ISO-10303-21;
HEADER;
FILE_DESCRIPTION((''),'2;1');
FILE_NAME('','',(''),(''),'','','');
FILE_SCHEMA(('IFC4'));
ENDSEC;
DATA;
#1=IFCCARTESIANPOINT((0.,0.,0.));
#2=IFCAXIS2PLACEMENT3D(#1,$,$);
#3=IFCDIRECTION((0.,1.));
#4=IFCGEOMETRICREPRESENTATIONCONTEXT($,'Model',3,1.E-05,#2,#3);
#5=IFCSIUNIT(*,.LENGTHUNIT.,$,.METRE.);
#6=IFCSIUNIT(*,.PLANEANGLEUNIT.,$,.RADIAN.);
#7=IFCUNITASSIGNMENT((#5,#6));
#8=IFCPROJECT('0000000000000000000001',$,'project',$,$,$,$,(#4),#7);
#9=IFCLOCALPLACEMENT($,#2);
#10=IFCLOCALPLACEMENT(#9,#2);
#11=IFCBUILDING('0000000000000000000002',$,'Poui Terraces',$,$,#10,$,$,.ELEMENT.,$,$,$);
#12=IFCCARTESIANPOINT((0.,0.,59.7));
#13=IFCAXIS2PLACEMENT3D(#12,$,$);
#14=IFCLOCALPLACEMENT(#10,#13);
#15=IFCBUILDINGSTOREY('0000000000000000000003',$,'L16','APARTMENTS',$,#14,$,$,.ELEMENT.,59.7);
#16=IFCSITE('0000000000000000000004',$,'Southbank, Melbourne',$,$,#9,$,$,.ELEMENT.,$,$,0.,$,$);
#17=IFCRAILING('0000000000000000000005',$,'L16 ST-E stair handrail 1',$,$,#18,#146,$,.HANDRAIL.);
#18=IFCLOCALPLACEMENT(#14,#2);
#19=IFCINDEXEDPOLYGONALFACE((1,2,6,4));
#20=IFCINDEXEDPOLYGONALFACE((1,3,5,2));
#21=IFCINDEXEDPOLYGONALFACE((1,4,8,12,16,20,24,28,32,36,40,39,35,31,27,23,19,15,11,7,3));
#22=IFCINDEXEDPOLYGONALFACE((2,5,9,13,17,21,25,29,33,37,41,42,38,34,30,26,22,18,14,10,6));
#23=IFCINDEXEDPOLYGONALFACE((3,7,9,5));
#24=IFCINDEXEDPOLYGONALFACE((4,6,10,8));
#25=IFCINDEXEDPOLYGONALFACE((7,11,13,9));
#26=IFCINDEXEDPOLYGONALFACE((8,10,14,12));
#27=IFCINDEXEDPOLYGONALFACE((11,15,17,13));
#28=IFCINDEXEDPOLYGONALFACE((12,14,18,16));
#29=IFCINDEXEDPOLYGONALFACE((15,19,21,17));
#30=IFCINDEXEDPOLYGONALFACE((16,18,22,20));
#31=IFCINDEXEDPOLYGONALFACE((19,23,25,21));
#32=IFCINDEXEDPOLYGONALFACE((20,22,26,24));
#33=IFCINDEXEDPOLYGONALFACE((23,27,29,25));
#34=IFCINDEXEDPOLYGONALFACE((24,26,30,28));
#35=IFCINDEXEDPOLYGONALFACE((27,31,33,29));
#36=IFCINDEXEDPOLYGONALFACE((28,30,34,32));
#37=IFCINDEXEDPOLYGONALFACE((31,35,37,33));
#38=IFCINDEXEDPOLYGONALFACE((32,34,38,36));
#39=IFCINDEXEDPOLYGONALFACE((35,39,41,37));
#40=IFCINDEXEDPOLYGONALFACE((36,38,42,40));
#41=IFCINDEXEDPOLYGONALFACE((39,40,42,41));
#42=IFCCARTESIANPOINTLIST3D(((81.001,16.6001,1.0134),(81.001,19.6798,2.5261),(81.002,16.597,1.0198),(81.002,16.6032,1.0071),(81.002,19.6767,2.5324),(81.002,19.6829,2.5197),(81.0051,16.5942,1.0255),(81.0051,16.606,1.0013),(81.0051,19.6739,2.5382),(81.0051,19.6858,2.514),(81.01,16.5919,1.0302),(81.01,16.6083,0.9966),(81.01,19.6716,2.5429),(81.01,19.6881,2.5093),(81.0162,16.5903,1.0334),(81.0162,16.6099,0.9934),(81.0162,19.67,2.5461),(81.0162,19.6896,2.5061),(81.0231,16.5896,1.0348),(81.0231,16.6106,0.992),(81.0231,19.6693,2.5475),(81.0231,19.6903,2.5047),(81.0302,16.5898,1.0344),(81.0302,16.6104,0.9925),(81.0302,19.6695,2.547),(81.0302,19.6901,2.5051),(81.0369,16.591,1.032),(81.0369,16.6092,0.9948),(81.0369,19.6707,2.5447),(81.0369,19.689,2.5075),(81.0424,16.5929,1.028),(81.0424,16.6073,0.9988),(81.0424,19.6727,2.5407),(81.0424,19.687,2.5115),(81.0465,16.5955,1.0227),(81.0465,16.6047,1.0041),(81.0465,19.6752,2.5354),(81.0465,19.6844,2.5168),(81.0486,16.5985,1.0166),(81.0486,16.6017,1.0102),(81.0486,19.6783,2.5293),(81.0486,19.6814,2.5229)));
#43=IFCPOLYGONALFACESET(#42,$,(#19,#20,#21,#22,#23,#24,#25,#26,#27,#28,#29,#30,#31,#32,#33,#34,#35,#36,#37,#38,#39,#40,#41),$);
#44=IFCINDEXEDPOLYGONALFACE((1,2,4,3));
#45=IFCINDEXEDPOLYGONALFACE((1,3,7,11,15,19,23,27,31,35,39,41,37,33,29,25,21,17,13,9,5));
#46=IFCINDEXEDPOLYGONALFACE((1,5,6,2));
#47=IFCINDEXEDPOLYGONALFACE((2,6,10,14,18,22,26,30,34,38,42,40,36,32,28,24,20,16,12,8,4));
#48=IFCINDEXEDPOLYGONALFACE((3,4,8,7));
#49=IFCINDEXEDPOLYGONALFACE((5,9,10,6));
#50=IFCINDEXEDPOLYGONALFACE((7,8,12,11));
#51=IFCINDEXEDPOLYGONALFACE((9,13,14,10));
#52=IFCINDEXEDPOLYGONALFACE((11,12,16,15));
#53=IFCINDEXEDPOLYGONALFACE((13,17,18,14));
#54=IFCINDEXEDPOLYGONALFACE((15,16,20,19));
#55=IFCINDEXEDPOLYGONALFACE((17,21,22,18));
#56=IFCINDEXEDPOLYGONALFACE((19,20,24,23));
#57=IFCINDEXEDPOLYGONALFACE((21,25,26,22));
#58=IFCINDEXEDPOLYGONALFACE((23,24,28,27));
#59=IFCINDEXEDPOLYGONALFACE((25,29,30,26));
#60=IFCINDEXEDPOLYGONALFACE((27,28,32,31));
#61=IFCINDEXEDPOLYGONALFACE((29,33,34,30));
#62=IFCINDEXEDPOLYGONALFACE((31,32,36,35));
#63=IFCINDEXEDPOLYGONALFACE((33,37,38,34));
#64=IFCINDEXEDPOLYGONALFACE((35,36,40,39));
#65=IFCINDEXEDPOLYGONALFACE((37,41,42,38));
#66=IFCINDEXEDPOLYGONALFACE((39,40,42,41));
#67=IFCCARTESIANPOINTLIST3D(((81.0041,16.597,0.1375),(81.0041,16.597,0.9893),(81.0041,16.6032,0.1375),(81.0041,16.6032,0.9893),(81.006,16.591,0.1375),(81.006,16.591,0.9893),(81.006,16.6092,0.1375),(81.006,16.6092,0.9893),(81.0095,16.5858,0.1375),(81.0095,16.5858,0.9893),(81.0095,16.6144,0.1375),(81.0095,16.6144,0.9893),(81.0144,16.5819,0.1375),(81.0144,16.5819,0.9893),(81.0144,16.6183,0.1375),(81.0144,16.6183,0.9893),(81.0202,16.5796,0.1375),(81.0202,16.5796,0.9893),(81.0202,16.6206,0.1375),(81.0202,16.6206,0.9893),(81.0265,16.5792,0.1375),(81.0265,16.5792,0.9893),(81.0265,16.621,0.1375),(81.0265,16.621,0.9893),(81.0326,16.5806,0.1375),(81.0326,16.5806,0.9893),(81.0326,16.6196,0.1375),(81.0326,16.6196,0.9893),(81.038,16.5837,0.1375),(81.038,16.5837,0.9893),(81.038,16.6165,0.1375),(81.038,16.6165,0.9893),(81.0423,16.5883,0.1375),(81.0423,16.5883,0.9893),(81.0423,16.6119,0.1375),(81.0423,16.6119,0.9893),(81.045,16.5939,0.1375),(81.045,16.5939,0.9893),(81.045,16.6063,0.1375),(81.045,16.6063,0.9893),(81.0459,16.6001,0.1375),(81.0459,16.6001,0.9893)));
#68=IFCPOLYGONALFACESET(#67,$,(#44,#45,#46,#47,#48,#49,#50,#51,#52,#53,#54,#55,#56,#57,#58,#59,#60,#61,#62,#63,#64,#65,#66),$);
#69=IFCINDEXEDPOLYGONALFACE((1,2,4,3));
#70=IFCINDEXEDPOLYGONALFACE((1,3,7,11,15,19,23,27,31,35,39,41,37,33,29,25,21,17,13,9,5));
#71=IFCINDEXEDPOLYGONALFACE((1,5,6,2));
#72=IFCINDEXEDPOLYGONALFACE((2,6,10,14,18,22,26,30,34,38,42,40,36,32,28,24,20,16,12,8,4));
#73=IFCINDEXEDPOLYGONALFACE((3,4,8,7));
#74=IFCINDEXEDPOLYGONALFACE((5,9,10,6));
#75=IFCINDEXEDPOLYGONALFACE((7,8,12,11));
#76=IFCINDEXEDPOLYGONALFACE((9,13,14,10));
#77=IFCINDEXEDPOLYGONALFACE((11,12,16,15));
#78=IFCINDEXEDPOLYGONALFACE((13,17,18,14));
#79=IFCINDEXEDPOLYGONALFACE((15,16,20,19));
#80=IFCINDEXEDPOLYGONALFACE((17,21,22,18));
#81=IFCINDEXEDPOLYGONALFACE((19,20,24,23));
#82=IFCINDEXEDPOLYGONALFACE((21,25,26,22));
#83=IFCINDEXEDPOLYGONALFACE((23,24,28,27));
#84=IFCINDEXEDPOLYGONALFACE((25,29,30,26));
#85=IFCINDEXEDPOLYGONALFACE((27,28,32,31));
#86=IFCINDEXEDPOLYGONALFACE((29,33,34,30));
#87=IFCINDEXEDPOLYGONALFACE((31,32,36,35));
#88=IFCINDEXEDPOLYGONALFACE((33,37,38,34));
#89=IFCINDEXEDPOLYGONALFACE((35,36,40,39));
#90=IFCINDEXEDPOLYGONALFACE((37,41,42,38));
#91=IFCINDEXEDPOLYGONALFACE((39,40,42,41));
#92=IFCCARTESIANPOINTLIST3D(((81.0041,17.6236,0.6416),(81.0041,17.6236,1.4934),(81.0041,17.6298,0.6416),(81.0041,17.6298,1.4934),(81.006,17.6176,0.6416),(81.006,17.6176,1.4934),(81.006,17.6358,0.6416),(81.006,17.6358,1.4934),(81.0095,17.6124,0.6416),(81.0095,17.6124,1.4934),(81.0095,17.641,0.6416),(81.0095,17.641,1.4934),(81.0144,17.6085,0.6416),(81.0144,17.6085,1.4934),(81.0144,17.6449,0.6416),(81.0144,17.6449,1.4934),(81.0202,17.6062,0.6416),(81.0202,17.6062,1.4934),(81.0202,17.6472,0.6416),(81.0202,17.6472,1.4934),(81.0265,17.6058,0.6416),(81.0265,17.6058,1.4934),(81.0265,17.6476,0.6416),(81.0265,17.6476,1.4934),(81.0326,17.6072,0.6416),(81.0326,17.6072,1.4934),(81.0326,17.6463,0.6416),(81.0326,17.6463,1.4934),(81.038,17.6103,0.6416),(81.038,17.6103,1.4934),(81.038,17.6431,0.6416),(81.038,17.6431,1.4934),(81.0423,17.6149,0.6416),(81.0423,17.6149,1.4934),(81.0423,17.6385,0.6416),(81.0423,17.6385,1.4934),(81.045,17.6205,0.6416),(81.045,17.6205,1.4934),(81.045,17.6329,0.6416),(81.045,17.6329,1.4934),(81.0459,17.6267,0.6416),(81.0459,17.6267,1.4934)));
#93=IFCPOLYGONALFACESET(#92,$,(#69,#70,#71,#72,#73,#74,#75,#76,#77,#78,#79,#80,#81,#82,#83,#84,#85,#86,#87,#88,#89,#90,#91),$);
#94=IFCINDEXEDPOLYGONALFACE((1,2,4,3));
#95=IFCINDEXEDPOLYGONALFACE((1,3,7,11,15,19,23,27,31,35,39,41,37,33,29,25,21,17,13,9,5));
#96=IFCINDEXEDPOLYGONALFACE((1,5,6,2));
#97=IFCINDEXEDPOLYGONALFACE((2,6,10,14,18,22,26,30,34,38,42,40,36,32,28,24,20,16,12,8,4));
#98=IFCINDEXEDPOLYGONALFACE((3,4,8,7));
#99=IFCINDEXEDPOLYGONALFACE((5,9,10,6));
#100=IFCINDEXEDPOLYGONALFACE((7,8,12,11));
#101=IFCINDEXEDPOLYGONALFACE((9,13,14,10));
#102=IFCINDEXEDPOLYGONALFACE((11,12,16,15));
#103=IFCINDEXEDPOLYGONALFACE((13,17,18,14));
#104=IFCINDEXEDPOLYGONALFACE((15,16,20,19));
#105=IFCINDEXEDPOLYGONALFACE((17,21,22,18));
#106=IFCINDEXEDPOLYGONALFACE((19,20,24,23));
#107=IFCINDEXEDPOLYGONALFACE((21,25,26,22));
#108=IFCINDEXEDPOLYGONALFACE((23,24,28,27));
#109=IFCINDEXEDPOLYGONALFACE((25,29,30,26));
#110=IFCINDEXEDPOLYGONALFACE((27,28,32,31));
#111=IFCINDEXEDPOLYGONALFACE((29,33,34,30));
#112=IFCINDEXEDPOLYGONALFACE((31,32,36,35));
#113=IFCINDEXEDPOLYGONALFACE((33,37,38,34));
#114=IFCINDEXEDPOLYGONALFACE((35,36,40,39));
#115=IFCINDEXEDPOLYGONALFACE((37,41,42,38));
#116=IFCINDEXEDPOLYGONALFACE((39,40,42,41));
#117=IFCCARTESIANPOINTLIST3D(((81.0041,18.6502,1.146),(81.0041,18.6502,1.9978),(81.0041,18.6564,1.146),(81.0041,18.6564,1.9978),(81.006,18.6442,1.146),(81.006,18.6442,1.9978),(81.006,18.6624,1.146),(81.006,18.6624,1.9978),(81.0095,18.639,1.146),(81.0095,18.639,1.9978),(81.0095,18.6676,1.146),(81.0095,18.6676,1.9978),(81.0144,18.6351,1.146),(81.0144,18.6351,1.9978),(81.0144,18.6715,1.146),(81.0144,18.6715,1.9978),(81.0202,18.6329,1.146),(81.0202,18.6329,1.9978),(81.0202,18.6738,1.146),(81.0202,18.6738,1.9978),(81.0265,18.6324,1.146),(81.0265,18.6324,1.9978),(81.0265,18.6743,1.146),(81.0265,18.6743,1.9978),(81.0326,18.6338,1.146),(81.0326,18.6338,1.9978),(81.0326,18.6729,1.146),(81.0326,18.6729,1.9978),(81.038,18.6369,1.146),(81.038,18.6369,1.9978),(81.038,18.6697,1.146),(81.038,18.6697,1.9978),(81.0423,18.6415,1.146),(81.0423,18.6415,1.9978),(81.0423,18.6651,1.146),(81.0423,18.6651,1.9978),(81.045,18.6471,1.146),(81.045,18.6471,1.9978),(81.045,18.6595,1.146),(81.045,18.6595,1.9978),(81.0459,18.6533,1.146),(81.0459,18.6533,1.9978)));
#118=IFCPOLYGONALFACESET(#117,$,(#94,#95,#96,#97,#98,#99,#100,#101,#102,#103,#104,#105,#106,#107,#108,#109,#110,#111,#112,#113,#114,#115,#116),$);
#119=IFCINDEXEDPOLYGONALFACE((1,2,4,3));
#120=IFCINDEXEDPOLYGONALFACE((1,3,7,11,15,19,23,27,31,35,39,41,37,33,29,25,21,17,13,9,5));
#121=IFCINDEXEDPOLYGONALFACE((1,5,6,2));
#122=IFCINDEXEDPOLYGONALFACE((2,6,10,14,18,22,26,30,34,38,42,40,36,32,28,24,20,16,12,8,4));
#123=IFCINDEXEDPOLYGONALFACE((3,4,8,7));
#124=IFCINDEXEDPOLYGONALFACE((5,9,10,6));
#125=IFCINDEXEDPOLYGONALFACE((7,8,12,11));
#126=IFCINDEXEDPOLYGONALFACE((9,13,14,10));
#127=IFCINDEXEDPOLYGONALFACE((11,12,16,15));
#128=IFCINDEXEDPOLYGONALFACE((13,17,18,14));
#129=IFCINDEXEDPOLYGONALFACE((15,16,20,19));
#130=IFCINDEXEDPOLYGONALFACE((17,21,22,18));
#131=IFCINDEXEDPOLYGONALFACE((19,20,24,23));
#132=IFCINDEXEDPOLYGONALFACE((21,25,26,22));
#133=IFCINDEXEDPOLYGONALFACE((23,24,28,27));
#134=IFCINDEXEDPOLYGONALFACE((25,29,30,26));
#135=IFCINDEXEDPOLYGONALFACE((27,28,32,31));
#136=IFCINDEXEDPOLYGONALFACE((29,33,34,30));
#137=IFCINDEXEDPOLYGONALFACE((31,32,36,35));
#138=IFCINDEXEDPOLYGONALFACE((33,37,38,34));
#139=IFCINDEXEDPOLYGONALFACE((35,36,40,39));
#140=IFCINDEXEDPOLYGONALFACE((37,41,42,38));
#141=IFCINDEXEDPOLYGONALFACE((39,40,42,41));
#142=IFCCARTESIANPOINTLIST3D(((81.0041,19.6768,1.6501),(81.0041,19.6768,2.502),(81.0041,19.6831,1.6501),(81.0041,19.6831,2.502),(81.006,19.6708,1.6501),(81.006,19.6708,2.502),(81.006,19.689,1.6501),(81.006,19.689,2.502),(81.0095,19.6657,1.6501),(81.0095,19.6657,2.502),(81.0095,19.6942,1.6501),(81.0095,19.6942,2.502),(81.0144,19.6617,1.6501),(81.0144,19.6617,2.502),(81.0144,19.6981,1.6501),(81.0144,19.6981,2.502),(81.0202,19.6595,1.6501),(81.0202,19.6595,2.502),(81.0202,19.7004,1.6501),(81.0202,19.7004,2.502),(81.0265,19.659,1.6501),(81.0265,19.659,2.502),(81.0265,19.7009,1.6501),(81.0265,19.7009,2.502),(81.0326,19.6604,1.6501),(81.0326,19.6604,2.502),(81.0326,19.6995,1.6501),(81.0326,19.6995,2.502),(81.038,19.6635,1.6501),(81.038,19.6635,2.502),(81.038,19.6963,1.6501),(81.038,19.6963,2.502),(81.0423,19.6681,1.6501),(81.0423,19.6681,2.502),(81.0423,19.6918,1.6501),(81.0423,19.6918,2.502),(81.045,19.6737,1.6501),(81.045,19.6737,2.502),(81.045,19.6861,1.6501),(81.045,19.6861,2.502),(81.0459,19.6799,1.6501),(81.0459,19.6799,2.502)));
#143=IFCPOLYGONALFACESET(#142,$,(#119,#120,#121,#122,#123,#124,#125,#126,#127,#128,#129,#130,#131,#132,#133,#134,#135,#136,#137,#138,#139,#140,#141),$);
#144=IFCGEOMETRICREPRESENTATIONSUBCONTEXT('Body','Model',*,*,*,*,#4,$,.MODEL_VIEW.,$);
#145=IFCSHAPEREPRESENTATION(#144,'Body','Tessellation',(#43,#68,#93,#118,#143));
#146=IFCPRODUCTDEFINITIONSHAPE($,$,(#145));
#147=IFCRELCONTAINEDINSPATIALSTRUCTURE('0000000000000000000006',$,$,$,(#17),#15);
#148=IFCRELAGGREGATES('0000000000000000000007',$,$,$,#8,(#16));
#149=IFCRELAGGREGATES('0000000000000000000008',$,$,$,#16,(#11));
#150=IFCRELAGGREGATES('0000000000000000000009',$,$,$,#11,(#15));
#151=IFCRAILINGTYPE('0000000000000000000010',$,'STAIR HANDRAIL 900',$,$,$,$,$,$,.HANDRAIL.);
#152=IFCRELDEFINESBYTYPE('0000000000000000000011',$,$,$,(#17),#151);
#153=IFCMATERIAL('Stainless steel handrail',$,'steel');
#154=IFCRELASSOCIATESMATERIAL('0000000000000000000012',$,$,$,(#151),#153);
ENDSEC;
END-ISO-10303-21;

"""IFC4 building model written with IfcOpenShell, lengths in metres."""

from ifc_helpers import new_model, si_unit, direction, frame, origin, origin_2d, place, context, subcontext, project, spatial, circle, extrude, material, type_object, element, save


model = new_model("IFC4")

# Units and contexts
model_context = context("Model", 3, precision=1e-05, world=origin(), true_north=direction((0.0, 1.0)))
body_context = subcontext(model_context, "Body", "Model", "MODEL_VIEW")
ifc_project = project(units=[si_unit("LENGTHUNIT", "METRE"), si_unit("PLANEANGLEUNIT", "RADIAN")], contexts=[model_context])

# Site, building, storey
site_placement = place(None, origin())
site = spatial("IfcSite", under=ifc_project, at=site_placement, Name="Southbank, Melbourne", CompositionType="ELEMENT", RefElevation=0.0)
building_placement = place(site_placement, origin())
building = spatial("IfcBuilding", under=site, at=building_placement, Name="Poui Terraces", CompositionType="ELEMENT")
storey_placement = place(building_placement, frame((0.0, 0.0, 59.7)))
storey = spatial("IfcBuildingStorey", under=building, at=storey_placement, Name="L16", Description="APARTMENTS", CompositionType="ELEMENT", Elevation=59.7)

# Railing
ifc_material_1 = material(Name="Stainless steel handrail", Category="steel")
railing_type_1 = type_object("IfcRailingType", Name="STAIR HANDRAIL 900", PredefinedType="HANDRAIL", material=ifc_material_1)
railing_1_placement = place(storey_placement, frame((81.0249, 16.6001, 0.1375)))
element("IfcRailing", 1, at=railing_1_placement, inside=storey, type_object=railing_type_1, Name="L16 ST-E stair handrail 1", PredefinedType="HANDRAIL", context=body_context, shape_type="SweptSolid", body=[
    extrude(circle(Radius=0.0239, at=origin_2d()), frame((0.0, 0.0, 0.876), z_axis=(0.0, 0.897578, 0.440856), x_axis=(-1.0, 0.0, 0.0)), (0.0, 0.0, 1.0), 3.4312),
    extrude(circle(Radius=0.021, at=origin_2d()), origin(), (0.0, 0.0, 1.0), 0.8518),
    extrude(circle(Radius=0.021, at=origin_2d()), frame((0.0, 1.0266, 0.5042)), (0.0, 0.0, 1.0), 0.8518),
    extrude(circle(Radius=0.021, at=origin_2d()), frame((0.0, 2.0532, 1.0085)), (0.0, 0.0, 1.0), 0.8518),
    extrude(circle(Radius=0.021, at=origin_2d()), frame((0.0, 3.0798, 1.5127)), (0.0, 0.0, 1.0), 0.8518),
])

save(model, "model.ifc")
